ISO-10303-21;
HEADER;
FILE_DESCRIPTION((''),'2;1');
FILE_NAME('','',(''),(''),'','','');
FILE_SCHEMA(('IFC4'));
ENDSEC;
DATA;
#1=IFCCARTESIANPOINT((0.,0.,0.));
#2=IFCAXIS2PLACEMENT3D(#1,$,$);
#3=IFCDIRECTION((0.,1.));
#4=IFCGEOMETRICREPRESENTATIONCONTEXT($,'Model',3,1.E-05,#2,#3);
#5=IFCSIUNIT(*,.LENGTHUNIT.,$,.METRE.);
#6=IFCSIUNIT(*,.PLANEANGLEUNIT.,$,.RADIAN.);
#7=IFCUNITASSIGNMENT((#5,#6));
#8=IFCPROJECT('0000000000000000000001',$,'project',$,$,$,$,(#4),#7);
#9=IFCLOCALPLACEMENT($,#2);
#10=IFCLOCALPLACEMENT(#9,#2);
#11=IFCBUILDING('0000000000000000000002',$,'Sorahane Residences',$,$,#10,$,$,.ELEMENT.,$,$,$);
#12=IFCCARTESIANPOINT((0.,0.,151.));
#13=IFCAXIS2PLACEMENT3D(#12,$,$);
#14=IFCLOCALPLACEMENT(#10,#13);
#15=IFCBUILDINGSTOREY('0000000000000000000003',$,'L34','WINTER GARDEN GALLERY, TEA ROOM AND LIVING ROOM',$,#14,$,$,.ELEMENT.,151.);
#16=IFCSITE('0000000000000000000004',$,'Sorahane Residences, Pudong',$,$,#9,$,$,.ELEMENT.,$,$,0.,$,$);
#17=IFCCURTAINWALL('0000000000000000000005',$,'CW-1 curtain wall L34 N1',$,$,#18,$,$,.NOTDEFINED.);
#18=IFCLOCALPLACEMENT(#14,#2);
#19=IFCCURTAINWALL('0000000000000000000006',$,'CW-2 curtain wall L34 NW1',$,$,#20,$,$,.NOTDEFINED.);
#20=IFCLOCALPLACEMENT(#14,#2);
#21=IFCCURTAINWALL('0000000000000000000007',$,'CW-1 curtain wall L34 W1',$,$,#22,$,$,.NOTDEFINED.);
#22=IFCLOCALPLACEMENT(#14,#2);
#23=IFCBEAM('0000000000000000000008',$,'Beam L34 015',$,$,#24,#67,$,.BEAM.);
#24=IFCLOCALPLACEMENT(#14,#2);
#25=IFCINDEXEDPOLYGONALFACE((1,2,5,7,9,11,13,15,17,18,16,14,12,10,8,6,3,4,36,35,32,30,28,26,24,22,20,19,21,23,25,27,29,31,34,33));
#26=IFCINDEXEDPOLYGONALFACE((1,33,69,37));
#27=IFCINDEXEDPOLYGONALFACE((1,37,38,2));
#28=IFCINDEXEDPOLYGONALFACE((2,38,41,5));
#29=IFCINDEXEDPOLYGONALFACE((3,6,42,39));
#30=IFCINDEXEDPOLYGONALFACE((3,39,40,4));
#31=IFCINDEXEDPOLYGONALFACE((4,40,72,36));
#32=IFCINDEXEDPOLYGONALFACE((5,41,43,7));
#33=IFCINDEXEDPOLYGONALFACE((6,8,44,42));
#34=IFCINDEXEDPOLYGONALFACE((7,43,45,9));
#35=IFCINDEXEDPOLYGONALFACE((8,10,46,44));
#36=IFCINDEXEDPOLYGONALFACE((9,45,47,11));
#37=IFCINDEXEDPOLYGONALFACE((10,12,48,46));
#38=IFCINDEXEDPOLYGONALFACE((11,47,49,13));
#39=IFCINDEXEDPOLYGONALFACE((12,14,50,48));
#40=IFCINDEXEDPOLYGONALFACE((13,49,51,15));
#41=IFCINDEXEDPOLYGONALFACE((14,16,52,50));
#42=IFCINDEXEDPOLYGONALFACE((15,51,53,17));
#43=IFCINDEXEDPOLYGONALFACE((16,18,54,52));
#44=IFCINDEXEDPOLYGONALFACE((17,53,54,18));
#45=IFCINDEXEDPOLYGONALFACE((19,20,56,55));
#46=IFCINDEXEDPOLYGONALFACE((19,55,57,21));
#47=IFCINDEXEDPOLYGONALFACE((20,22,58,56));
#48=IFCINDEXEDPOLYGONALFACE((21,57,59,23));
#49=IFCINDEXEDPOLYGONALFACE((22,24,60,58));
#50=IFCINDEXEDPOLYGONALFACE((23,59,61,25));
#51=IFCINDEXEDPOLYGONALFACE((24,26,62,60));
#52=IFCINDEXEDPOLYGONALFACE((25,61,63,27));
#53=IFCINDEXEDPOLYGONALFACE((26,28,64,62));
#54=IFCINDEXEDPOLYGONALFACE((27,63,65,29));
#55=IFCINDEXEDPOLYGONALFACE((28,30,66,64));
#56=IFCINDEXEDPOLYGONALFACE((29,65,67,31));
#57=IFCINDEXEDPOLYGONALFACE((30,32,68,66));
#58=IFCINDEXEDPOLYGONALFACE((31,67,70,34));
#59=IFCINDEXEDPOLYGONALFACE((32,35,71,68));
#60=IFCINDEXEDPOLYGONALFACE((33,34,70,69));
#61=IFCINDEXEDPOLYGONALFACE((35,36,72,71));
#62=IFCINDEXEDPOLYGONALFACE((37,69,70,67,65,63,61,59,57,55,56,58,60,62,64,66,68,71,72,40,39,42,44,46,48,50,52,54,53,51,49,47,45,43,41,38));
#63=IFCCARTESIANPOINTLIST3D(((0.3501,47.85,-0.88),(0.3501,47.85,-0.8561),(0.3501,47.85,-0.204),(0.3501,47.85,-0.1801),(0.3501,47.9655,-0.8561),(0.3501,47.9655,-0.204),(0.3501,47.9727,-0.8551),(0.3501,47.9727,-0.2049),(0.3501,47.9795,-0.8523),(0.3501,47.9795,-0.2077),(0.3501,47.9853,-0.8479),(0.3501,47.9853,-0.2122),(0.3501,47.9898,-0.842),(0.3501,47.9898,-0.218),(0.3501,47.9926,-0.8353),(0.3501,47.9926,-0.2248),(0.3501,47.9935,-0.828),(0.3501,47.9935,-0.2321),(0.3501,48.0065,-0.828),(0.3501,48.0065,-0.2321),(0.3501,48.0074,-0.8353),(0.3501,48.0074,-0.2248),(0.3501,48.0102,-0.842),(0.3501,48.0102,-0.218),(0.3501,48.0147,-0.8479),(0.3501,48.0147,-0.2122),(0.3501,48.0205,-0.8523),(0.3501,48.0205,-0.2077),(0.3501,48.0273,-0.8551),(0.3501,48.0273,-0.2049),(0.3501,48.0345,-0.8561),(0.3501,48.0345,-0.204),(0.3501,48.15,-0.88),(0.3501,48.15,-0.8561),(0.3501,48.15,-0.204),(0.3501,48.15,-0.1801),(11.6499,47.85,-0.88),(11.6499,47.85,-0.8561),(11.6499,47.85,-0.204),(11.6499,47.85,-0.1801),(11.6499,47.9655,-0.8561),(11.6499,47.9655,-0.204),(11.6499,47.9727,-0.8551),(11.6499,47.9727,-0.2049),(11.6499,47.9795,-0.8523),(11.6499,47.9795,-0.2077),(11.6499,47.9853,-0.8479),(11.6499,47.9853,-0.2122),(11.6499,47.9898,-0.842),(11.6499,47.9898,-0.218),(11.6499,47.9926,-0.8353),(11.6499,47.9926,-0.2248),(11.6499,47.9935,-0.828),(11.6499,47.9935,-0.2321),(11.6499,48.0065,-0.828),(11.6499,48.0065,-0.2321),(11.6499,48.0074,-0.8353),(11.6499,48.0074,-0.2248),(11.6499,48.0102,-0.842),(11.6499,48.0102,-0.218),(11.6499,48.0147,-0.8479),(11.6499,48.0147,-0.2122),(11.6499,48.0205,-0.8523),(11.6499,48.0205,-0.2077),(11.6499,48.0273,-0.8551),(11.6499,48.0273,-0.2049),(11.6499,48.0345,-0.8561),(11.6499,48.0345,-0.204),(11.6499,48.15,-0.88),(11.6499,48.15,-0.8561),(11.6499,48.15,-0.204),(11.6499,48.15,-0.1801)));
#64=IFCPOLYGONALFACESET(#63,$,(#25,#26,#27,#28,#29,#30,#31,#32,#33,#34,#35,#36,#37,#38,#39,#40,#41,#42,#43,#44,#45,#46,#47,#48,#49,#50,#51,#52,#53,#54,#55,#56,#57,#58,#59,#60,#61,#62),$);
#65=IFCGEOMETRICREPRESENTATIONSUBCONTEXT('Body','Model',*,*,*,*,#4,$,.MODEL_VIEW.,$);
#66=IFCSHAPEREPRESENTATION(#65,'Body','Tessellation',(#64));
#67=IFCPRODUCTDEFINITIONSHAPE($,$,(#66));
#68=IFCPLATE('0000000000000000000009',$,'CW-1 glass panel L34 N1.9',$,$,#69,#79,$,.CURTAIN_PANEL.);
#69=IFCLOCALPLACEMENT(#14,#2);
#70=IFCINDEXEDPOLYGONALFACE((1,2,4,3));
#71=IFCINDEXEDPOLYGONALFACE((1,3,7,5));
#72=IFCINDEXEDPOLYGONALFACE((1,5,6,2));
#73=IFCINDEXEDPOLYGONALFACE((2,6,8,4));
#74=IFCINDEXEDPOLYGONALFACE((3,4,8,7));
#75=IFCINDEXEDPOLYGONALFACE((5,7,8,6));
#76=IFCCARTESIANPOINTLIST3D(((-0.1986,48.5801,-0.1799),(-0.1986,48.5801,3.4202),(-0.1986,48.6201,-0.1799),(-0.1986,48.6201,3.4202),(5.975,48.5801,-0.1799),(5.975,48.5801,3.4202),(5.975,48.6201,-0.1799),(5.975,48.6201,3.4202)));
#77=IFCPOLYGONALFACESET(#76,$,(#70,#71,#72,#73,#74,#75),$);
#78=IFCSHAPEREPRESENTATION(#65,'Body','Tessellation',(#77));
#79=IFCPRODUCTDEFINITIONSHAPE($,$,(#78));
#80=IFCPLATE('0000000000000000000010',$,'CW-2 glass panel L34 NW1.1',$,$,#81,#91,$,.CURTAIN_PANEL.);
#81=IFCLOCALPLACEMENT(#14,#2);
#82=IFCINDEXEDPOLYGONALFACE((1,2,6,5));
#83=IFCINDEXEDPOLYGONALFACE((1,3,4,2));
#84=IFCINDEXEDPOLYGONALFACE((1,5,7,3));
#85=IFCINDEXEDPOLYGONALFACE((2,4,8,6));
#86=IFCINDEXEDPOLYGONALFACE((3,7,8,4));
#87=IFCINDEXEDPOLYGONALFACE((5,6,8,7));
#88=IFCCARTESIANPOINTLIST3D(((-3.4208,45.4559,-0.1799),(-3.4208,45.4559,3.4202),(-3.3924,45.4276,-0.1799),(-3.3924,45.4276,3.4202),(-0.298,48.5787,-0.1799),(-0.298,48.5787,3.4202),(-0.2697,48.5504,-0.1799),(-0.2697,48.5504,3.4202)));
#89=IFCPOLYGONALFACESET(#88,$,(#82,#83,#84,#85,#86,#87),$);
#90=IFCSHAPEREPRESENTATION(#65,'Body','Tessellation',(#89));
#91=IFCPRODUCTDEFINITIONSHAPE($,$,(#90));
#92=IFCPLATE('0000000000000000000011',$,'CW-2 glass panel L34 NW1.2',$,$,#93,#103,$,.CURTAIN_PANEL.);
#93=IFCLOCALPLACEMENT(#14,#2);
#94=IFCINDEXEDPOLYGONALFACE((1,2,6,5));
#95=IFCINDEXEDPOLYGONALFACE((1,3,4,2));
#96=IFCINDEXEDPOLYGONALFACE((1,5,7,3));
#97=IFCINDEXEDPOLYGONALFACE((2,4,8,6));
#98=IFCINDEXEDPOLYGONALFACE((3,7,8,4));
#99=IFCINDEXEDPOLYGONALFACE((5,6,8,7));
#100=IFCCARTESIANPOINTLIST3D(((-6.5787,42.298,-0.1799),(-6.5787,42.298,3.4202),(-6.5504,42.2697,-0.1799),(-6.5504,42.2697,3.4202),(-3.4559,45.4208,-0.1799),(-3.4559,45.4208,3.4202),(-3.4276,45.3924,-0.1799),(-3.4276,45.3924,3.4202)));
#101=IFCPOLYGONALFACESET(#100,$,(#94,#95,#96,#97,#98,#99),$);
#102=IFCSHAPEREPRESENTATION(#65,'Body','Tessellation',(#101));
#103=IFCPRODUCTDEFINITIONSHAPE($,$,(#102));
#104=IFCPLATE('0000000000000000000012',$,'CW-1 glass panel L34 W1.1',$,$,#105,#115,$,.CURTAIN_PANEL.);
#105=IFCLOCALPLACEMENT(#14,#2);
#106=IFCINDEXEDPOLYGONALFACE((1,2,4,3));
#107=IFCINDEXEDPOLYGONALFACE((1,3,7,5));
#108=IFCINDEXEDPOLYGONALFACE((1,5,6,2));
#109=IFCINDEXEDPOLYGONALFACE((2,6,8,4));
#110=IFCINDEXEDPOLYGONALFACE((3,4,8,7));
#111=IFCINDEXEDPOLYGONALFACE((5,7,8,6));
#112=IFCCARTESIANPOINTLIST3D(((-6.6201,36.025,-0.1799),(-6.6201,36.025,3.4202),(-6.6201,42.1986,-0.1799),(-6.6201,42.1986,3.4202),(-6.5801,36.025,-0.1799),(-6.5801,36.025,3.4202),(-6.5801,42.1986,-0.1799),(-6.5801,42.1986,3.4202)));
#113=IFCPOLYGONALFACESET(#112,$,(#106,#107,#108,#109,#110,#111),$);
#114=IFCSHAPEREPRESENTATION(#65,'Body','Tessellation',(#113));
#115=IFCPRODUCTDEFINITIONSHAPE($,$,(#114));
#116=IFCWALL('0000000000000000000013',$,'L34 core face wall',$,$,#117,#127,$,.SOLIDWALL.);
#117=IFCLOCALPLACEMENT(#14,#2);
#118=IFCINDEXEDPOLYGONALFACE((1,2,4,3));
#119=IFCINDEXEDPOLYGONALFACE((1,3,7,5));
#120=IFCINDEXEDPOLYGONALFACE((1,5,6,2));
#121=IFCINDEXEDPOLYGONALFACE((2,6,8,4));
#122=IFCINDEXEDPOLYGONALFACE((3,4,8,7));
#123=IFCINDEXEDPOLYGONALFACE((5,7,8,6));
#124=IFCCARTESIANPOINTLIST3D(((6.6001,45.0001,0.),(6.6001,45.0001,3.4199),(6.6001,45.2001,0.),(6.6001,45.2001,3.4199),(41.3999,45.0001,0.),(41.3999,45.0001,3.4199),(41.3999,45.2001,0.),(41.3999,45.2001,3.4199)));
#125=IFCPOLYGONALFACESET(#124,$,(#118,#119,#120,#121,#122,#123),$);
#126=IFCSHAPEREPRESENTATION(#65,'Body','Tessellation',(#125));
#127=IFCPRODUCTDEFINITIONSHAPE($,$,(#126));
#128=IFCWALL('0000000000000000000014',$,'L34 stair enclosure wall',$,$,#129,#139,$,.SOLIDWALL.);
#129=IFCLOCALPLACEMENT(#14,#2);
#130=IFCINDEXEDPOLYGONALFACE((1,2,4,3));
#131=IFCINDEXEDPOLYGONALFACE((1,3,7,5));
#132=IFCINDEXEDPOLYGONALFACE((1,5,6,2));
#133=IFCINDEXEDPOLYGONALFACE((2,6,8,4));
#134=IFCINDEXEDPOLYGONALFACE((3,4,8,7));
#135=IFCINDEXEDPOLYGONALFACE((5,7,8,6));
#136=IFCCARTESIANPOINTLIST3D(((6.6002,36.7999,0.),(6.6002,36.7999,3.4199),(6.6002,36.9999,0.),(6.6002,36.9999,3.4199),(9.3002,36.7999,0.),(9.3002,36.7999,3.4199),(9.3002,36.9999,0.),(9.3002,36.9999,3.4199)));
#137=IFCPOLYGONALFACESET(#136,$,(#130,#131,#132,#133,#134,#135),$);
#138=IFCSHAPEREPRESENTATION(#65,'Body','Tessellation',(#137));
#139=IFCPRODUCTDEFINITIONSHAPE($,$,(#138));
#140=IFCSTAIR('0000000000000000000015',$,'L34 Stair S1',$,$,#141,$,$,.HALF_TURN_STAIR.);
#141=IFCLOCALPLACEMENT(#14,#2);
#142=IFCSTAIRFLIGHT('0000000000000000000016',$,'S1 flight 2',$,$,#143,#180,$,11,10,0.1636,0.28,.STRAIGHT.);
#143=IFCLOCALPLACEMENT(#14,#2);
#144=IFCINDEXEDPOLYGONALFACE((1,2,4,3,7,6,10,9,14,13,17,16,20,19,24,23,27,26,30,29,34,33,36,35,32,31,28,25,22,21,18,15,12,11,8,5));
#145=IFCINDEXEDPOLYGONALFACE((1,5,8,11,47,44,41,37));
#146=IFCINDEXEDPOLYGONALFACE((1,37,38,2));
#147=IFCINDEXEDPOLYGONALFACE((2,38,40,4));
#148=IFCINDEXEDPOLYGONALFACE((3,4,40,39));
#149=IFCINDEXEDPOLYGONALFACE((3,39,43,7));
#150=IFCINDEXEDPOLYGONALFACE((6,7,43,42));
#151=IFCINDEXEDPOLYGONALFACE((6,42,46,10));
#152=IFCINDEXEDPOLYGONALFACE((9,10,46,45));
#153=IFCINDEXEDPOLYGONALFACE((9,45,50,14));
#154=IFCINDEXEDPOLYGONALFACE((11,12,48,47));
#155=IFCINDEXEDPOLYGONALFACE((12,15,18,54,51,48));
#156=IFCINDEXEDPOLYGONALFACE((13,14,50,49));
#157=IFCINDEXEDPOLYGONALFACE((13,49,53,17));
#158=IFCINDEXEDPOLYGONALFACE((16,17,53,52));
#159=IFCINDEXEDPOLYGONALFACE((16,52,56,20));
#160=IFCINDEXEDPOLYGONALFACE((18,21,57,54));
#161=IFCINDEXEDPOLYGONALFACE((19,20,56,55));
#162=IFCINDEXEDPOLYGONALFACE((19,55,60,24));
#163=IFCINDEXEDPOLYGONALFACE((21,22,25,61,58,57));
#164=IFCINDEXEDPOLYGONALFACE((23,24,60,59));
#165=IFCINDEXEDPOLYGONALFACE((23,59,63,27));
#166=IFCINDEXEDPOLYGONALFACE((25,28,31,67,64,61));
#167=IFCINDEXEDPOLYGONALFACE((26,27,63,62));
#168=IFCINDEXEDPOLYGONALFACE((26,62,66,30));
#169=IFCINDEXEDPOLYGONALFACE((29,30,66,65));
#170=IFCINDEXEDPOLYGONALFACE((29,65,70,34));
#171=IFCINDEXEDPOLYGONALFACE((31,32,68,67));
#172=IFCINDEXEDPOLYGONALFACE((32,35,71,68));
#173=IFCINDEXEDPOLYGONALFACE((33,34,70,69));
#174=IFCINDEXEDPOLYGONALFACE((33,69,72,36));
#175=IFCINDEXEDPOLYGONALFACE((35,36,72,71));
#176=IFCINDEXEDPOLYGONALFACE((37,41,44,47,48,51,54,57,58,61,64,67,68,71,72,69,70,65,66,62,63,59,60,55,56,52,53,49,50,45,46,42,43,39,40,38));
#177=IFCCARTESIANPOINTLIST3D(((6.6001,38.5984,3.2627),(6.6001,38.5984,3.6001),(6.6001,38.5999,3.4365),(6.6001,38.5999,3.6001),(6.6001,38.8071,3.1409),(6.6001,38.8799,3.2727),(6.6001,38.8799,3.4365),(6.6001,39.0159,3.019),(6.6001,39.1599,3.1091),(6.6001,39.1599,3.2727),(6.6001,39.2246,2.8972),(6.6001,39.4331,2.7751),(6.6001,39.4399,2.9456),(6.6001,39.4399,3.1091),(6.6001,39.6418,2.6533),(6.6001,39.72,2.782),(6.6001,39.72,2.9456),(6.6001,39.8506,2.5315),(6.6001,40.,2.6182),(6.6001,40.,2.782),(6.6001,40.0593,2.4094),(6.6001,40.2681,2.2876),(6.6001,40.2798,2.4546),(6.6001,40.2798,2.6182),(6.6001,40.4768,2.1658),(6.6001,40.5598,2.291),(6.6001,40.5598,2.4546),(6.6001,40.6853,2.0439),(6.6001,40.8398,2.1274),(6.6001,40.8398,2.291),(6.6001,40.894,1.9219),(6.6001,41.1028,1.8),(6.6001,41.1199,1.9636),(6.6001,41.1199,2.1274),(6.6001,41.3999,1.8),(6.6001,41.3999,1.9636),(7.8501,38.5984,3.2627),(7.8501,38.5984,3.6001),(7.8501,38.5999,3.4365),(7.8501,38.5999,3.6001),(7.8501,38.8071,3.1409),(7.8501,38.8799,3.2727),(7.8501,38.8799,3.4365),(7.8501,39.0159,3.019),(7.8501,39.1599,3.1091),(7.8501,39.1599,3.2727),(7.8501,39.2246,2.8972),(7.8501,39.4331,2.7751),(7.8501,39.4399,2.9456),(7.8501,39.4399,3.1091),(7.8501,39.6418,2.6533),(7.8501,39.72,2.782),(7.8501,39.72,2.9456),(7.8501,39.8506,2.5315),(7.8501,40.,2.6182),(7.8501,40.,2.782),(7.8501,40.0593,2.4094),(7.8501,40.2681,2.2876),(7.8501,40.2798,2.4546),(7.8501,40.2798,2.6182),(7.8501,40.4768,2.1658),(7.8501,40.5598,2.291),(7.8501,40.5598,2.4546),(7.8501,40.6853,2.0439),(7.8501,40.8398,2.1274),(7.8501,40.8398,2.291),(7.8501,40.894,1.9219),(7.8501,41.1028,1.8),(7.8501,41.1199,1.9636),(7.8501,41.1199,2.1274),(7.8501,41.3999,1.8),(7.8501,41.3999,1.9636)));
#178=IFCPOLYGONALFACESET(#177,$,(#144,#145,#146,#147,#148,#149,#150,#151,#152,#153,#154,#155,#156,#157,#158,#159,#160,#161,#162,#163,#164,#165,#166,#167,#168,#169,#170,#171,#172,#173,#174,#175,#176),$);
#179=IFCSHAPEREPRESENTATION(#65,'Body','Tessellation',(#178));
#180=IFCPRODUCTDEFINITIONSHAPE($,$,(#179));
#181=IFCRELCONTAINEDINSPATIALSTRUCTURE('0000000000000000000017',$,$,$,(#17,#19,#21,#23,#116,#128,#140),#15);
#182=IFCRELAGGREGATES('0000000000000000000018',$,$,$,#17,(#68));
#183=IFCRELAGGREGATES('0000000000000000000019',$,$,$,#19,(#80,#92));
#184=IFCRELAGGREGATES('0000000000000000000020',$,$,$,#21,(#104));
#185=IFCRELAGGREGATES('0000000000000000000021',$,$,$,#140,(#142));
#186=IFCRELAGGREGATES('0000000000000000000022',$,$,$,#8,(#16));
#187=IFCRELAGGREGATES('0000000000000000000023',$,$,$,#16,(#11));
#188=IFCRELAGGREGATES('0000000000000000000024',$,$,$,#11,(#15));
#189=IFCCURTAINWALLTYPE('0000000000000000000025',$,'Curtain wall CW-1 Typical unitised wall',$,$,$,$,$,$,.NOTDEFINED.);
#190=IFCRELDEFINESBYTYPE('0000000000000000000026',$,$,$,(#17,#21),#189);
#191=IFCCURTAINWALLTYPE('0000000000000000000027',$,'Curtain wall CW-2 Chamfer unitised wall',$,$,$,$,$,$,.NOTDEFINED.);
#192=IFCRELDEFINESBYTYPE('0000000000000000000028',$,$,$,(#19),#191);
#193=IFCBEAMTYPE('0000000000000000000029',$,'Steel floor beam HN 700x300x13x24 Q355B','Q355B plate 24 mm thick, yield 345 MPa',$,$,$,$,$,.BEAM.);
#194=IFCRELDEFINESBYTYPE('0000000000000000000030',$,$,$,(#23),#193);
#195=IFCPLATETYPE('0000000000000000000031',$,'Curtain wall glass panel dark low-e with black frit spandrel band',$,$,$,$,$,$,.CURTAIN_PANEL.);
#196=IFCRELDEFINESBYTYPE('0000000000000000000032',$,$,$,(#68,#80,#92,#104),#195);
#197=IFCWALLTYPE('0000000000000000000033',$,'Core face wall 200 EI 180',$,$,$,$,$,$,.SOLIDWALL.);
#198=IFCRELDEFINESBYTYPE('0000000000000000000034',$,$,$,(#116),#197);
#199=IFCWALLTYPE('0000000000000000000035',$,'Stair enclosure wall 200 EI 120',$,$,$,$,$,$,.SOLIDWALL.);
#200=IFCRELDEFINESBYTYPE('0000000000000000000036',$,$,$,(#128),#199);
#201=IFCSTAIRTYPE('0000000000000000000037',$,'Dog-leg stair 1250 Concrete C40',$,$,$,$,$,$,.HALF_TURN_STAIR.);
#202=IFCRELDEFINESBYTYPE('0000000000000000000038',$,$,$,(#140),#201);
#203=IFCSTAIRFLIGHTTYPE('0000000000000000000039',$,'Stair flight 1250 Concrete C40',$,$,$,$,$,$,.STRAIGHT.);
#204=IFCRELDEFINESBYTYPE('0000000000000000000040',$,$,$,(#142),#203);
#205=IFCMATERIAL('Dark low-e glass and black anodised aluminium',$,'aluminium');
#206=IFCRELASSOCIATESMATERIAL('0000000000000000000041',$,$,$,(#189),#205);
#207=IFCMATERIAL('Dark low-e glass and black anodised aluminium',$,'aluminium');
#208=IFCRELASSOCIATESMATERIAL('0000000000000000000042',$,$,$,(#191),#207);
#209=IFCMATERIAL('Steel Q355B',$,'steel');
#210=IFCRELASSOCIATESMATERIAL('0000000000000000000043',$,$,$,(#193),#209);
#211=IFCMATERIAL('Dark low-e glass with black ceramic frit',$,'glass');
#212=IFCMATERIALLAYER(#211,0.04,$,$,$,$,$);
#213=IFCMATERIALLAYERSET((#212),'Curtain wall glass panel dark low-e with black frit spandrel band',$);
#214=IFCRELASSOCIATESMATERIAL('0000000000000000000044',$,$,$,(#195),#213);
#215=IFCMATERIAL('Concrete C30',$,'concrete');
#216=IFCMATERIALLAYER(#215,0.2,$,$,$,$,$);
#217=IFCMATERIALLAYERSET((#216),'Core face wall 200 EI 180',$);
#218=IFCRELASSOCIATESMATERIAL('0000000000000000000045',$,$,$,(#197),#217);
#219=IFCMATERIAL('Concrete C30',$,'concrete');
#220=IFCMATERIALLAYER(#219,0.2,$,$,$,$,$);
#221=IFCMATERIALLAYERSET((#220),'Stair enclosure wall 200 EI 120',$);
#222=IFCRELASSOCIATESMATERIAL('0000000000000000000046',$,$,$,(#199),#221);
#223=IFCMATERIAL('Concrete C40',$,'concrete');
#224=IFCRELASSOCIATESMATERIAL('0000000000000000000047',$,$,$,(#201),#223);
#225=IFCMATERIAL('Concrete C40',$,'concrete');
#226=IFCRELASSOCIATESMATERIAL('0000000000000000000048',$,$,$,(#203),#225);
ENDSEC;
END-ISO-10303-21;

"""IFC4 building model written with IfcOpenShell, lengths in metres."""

from ifc_helpers import new_model, si_unit, direction, frame, frame_2d, origin, origin_2d, place, context, subcontext, project, spatial, polyline, rectangle, i_section, outline, extrude, material, layer, layer_set, material_profile, profile_set, type_object, element, aggregate, save


model = new_model("IFC4")

# Units and contexts
model_context = context("Model", 3, precision=1e-05, world=origin(), true_north=direction((0.0, 1.0)))
body_context = subcontext(model_context, "Body", "Model", "MODEL_VIEW")
ifc_project = project(units=[si_unit("LENGTHUNIT", "METRE"), si_unit("PLANEANGLEUNIT", "RADIAN")], contexts=[model_context])

# Site, building, storey
site_placement = place(None, origin())
site = spatial("IfcSite", under=ifc_project, at=site_placement, Name="Sorahane Residences, Pudong", CompositionType="ELEMENT", RefElevation=0.0)
building_placement = place(site_placement, origin())
building = spatial("IfcBuilding", under=site, at=building_placement, Name="Sorahane Residences", CompositionType="ELEMENT")
storey_placement = place(building_placement, frame((0.0, 0.0, 151.0)))
storey = spatial("IfcBuildingStorey", under=building, at=storey_placement, Name="L34", Description="WINTER GARDEN GALLERY, TEA ROOM AND LIVING ROOM", CompositionType="ELEMENT", Elevation=151.0)

# Curtain walls
ifc_material_1 = material(Name="Dark low-e glass and black anodised aluminium", Category="aluminium")
curtain_wall_type_1 = type_object("IfcCurtainWallType", Name="Curtain wall CW-1 Typical unitised wall", PredefinedType="NOTDEFINED", material=ifc_material_1)
curtain_wall_1_placement = place(storey_placement, origin())
curtain_wall_1 = element("IfcCurtainWall", 1, at=curtain_wall_1_placement, inside=storey, type_object=curtain_wall_type_1, Name="CW-1 curtain wall L34 N1", PredefinedType="NOTDEFINED")
ifc_material_2 = material(Name="Dark low-e glass and black anodised aluminium", Category="aluminium")
curtain_wall_type_2 = type_object("IfcCurtainWallType", Name="Curtain wall CW-2 Chamfer unitised wall", PredefinedType="NOTDEFINED", material=ifc_material_2)
curtain_wall_2_placement = place(storey_placement, origin())
curtain_wall_2 = element("IfcCurtainWall", 2, at=curtain_wall_2_placement, inside=storey, type_object=curtain_wall_type_2, Name="CW-2 curtain wall L34 NW1", PredefinedType="NOTDEFINED")

# Curtain wall
curtain_wall_3_placement = place(storey_placement, origin())
curtain_wall_3 = element("IfcCurtainWall", 3, at=curtain_wall_3_placement, inside=storey, type_object=curtain_wall_type_1, Name="CW-1 curtain wall L34 W1", PredefinedType="NOTDEFINED")

# Beam
ifc_material_3 = material(Name="Steel Q355B", Category="steel")
ifc_material_profile_1 = material_profile(ifc_material_3, i_section(OverallWidth=0.3, OverallDepth=0.7, WebThickness=0.0129, FlangeThickness=0.0239, FilletRadius=0.0281, at=origin_2d()), Name="HN 700x300x13x24")
ifc_profile_set_1 = profile_set([ifc_material_profile_1], Name="Steel Q355B")
beam_type_1 = type_object("IfcBeamType", Name="Steel floor beam HN 700x300x13x24 Q355B", Description="Q355B plate 24 mm thick, yield 345 MPa", PredefinedType="BEAM", material=ifc_profile_set_1)
beam_1_placement = place(storey_placement, frame((0.3501, 48.0, -0.53), z_axis=(1.0, 0.0, 0.0), x_axis=(0.0, 1.0, 0.0)))
element("IfcBeam", 4, at=beam_1_placement, inside=storey, type_object=beam_type_1, Name="Beam L34 015", PredefinedType="BEAM", context=body_context, shape_type="SweptSolid", body=[
    extrude(i_section(OverallWidth=0.3, OverallDepth=0.7, WebThickness=0.0129, FlangeThickness=0.0239, FilletRadius=0.0281, at=origin_2d()), origin(), (0.0, 0.0, 1.0), 11.2998),
])

# Plates
ifc_material_4 = material(Name="Dark low-e glass with black ceramic frit", Category="glass")
ifc_layer_1 = layer(ifc_material_4, 0.04)
ifc_layer_set_1 = layer_set([ifc_layer_1], Name="Curtain wall glass panel dark low-e with black frit spandrel band")
plate_type = type_object("IfcPlateType", Name="Curtain wall glass panel dark low-e with black frit spandrel band", PredefinedType="CURTAIN_PANEL", material=ifc_layer_set_1)
plate_1_placement = place(storey_placement, frame((2.8882, 48.6001, -0.1799), z_axis=(0.0, 0.0, 1.0), x_axis=(-1.0, 0.0, 0.0)))
plate_1 = element("IfcPlate", 5, at=plate_1_placement, type_object=plate_type, Name="CW-1 glass panel L34 N1.9", PredefinedType="CURTAIN_PANEL", context=body_context, shape_type="SweptSolid", body=[
    extrude(rectangle(XDim=6.1736, YDim=0.04, at=origin_2d()), origin(), (0.0, 0.0, 1.0), 3.6001),
])
aggregate(curtain_wall_1, [plate_1])
plate_2_placement = place(storey_placement, frame((-1.8452, 47.0032, -0.1799), z_axis=(0.0, 0.0, 1.0), x_axis=(-0.707107, -0.707107, 0.0)))
plate_2 = element("IfcPlate", 6, at=plate_2_placement, type_object=plate_type, Name="CW-2 glass panel L34 NW1.1", PredefinedType="CURTAIN_PANEL", context=body_context, shape_type="SweptSolid", body=[
    extrude(rectangle(XDim=4.4163, YDim=0.04, at=origin_2d()), origin(), (0.0, 0.0, 1.0), 3.6001),
])
plate_3_placement = place(storey_placement, frame((-5.0032, 43.8452, -0.1799), z_axis=(0.0, 0.0, 1.0), x_axis=(-0.707107, -0.707107, 0.0)))
plate_3 = element("IfcPlate", 7, at=plate_3_placement, type_object=plate_type, Name="CW-2 glass panel L34 NW1.2", PredefinedType="CURTAIN_PANEL", context=body_context, shape_type="SweptSolid", body=[
    extrude(rectangle(XDim=4.4163, YDim=0.04, at=origin_2d()), origin(), (0.0, 0.0, 1.0), 3.6001),
])
aggregate(curtain_wall_2, [plate_2, plate_3])
plate_4_placement = place(storey_placement, frame((-6.6001, 39.1118, -0.1799), z_axis=(0.0, 0.0, 1.0), x_axis=(0.0, -1.0, 0.0)))
plate_4 = element("IfcPlate", 8, at=plate_4_placement, type_object=plate_type, Name="CW-1 glass panel L34 W1.1", PredefinedType="CURTAIN_PANEL", context=body_context, shape_type="SweptSolid", body=[
    extrude(rectangle(XDim=6.1736, YDim=0.04, at=origin_2d()), origin(), (0.0, 0.0, 1.0), 3.6001),
])
aggregate(curtain_wall_3, [plate_4])

# Walls
ifc_material_5 = material(Name="Concrete C30", Category="concrete")
ifc_layer_2 = layer(ifc_material_5, 0.2)
ifc_layer_set_2 = layer_set([ifc_layer_2], Name="Core face wall 200 EI 180")
wall_type_1 = type_object("IfcWallType", Name="Core face wall 200 EI 180", PredefinedType="SOLIDWALL", material=ifc_layer_set_2)
wall_1_placement = place(storey_placement, frame((6.6001, 45.1001, 0.0), z_axis=(0.0, 0.0, 1.0), x_axis=(1.0, 0.0, 0.0)))
element("IfcWall", 9, at=wall_1_placement, inside=storey, type_object=wall_type_1, Name="L34 core face wall", PredefinedType="SOLIDWALL", context=body_context, shape_type="SweptSolid", body=[
    extrude(rectangle(XDim=34.7998, YDim=0.2, at=frame_2d((17.3999, 0.0))), origin(), (0.0, 0.0, 1.0), 3.4199),
])
ifc_material_6 = material(Name="Concrete C30", Category="concrete")
ifc_layer_3 = layer(ifc_material_6, 0.2)
ifc_layer_set_3 = layer_set([ifc_layer_3], Name="Stair enclosure wall 200 EI 120")
wall_type_2 = type_object("IfcWallType", Name="Stair enclosure wall 200 EI 120", PredefinedType="SOLIDWALL", material=ifc_layer_set_3)
wall_2_placement = place(storey_placement, frame((6.6001, 36.8999, 0.0), z_axis=(0.0, 0.0, 1.0), x_axis=(1.0, 0.0, 0.0)))
element("IfcWall", 10, at=wall_2_placement, inside=storey, type_object=wall_type_2, Name="L34 stair enclosure wall", PredefinedType="SOLIDWALL", context=body_context, shape_type="SweptSolid", body=[
    extrude(rectangle(XDim=2.7, YDim=0.2, at=frame_2d((1.3501, 0.0))), origin(), (0.0, 0.0, 1.0), 3.4199),
])

# Stair, stair flight
ifc_material_7 = material(Name="Concrete C40", Category="concrete")
stair_type = type_object("IfcStairType", Name="Dog-leg stair 1250 Concrete C40", PredefinedType="HALF_TURN_STAIR", material=ifc_material_7)
stair_placement = place(storey_placement, origin())
stair = element("IfcStair", 11, at=stair_placement, inside=storey, type_object=stair_type, Name="L34 Stair S1", PredefinedType="HALF_TURN_STAIR")
ifc_material_8 = material(Name="Concrete C40", Category="concrete")
stair_flight_type = type_object("IfcStairFlightType", Name="Stair flight 1250 Concrete C40", PredefinedType="STRAIGHT", material=ifc_material_8)
stair_flight_placement = place(storey_placement, frame((7.2251, 41.3999, 1.8), z_axis=(0.0, 0.0, 1.0), x_axis=(0.0, -1.0, 0.0)))
stair_flight = element("IfcStairFlight", 12, at=stair_flight_placement, type_object=stair_flight_type, Name="S1 flight 2", NumberOfRisers=11, NumberOfTreads=10, PredefinedType="STRAIGHT", RiserHeight=0.1636, TreadLength=0.28, context=body_context, shape_type="SweptSolid", body=[
    extrude(outline(polyline([(0.0, 0.0), (0.0, 0.1636), (0.28, 0.1636), (0.28, 0.3274), (0.5601, 0.3274), (0.5601, 0.491), (0.8401, 0.491), (0.8401, 0.6545), (1.1201, 0.6545), (1.1201, 0.8181), (1.3999, 0.8181), (1.3999, 0.9819), (1.6799, 0.9819), (1.6799, 1.1455), (1.96, 1.1455), (1.96, 1.3091), (2.24, 1.3091), (2.24, 1.4727), (2.52, 1.4727), (2.52, 1.6365), (2.8, 1.6365), (2.8, 1.8), (2.8015, 1.8), (2.8015, 1.4626), (2.5928, 1.3408), (2.384, 1.219), (2.1753, 1.0972), (1.9668, 0.9751), (1.7581, 0.8533), (1.5493, 0.7314), (1.3406, 0.6094), (1.1318, 0.4875), (0.9231, 0.3657), (0.7146, 0.2439), (0.5059, 0.1218), (0.2971, 0.0), (0.0, 0.0)])), frame((0.0, 0.625, 0.0), z_axis=(0.0, -1.0, 0.0), x_axis=(1.0, 0.0, 0.0)), (0.0, 0.0, 1.0), 1.25),
])
aggregate(stair, [stair_flight])

save(model, "model.ifc")
